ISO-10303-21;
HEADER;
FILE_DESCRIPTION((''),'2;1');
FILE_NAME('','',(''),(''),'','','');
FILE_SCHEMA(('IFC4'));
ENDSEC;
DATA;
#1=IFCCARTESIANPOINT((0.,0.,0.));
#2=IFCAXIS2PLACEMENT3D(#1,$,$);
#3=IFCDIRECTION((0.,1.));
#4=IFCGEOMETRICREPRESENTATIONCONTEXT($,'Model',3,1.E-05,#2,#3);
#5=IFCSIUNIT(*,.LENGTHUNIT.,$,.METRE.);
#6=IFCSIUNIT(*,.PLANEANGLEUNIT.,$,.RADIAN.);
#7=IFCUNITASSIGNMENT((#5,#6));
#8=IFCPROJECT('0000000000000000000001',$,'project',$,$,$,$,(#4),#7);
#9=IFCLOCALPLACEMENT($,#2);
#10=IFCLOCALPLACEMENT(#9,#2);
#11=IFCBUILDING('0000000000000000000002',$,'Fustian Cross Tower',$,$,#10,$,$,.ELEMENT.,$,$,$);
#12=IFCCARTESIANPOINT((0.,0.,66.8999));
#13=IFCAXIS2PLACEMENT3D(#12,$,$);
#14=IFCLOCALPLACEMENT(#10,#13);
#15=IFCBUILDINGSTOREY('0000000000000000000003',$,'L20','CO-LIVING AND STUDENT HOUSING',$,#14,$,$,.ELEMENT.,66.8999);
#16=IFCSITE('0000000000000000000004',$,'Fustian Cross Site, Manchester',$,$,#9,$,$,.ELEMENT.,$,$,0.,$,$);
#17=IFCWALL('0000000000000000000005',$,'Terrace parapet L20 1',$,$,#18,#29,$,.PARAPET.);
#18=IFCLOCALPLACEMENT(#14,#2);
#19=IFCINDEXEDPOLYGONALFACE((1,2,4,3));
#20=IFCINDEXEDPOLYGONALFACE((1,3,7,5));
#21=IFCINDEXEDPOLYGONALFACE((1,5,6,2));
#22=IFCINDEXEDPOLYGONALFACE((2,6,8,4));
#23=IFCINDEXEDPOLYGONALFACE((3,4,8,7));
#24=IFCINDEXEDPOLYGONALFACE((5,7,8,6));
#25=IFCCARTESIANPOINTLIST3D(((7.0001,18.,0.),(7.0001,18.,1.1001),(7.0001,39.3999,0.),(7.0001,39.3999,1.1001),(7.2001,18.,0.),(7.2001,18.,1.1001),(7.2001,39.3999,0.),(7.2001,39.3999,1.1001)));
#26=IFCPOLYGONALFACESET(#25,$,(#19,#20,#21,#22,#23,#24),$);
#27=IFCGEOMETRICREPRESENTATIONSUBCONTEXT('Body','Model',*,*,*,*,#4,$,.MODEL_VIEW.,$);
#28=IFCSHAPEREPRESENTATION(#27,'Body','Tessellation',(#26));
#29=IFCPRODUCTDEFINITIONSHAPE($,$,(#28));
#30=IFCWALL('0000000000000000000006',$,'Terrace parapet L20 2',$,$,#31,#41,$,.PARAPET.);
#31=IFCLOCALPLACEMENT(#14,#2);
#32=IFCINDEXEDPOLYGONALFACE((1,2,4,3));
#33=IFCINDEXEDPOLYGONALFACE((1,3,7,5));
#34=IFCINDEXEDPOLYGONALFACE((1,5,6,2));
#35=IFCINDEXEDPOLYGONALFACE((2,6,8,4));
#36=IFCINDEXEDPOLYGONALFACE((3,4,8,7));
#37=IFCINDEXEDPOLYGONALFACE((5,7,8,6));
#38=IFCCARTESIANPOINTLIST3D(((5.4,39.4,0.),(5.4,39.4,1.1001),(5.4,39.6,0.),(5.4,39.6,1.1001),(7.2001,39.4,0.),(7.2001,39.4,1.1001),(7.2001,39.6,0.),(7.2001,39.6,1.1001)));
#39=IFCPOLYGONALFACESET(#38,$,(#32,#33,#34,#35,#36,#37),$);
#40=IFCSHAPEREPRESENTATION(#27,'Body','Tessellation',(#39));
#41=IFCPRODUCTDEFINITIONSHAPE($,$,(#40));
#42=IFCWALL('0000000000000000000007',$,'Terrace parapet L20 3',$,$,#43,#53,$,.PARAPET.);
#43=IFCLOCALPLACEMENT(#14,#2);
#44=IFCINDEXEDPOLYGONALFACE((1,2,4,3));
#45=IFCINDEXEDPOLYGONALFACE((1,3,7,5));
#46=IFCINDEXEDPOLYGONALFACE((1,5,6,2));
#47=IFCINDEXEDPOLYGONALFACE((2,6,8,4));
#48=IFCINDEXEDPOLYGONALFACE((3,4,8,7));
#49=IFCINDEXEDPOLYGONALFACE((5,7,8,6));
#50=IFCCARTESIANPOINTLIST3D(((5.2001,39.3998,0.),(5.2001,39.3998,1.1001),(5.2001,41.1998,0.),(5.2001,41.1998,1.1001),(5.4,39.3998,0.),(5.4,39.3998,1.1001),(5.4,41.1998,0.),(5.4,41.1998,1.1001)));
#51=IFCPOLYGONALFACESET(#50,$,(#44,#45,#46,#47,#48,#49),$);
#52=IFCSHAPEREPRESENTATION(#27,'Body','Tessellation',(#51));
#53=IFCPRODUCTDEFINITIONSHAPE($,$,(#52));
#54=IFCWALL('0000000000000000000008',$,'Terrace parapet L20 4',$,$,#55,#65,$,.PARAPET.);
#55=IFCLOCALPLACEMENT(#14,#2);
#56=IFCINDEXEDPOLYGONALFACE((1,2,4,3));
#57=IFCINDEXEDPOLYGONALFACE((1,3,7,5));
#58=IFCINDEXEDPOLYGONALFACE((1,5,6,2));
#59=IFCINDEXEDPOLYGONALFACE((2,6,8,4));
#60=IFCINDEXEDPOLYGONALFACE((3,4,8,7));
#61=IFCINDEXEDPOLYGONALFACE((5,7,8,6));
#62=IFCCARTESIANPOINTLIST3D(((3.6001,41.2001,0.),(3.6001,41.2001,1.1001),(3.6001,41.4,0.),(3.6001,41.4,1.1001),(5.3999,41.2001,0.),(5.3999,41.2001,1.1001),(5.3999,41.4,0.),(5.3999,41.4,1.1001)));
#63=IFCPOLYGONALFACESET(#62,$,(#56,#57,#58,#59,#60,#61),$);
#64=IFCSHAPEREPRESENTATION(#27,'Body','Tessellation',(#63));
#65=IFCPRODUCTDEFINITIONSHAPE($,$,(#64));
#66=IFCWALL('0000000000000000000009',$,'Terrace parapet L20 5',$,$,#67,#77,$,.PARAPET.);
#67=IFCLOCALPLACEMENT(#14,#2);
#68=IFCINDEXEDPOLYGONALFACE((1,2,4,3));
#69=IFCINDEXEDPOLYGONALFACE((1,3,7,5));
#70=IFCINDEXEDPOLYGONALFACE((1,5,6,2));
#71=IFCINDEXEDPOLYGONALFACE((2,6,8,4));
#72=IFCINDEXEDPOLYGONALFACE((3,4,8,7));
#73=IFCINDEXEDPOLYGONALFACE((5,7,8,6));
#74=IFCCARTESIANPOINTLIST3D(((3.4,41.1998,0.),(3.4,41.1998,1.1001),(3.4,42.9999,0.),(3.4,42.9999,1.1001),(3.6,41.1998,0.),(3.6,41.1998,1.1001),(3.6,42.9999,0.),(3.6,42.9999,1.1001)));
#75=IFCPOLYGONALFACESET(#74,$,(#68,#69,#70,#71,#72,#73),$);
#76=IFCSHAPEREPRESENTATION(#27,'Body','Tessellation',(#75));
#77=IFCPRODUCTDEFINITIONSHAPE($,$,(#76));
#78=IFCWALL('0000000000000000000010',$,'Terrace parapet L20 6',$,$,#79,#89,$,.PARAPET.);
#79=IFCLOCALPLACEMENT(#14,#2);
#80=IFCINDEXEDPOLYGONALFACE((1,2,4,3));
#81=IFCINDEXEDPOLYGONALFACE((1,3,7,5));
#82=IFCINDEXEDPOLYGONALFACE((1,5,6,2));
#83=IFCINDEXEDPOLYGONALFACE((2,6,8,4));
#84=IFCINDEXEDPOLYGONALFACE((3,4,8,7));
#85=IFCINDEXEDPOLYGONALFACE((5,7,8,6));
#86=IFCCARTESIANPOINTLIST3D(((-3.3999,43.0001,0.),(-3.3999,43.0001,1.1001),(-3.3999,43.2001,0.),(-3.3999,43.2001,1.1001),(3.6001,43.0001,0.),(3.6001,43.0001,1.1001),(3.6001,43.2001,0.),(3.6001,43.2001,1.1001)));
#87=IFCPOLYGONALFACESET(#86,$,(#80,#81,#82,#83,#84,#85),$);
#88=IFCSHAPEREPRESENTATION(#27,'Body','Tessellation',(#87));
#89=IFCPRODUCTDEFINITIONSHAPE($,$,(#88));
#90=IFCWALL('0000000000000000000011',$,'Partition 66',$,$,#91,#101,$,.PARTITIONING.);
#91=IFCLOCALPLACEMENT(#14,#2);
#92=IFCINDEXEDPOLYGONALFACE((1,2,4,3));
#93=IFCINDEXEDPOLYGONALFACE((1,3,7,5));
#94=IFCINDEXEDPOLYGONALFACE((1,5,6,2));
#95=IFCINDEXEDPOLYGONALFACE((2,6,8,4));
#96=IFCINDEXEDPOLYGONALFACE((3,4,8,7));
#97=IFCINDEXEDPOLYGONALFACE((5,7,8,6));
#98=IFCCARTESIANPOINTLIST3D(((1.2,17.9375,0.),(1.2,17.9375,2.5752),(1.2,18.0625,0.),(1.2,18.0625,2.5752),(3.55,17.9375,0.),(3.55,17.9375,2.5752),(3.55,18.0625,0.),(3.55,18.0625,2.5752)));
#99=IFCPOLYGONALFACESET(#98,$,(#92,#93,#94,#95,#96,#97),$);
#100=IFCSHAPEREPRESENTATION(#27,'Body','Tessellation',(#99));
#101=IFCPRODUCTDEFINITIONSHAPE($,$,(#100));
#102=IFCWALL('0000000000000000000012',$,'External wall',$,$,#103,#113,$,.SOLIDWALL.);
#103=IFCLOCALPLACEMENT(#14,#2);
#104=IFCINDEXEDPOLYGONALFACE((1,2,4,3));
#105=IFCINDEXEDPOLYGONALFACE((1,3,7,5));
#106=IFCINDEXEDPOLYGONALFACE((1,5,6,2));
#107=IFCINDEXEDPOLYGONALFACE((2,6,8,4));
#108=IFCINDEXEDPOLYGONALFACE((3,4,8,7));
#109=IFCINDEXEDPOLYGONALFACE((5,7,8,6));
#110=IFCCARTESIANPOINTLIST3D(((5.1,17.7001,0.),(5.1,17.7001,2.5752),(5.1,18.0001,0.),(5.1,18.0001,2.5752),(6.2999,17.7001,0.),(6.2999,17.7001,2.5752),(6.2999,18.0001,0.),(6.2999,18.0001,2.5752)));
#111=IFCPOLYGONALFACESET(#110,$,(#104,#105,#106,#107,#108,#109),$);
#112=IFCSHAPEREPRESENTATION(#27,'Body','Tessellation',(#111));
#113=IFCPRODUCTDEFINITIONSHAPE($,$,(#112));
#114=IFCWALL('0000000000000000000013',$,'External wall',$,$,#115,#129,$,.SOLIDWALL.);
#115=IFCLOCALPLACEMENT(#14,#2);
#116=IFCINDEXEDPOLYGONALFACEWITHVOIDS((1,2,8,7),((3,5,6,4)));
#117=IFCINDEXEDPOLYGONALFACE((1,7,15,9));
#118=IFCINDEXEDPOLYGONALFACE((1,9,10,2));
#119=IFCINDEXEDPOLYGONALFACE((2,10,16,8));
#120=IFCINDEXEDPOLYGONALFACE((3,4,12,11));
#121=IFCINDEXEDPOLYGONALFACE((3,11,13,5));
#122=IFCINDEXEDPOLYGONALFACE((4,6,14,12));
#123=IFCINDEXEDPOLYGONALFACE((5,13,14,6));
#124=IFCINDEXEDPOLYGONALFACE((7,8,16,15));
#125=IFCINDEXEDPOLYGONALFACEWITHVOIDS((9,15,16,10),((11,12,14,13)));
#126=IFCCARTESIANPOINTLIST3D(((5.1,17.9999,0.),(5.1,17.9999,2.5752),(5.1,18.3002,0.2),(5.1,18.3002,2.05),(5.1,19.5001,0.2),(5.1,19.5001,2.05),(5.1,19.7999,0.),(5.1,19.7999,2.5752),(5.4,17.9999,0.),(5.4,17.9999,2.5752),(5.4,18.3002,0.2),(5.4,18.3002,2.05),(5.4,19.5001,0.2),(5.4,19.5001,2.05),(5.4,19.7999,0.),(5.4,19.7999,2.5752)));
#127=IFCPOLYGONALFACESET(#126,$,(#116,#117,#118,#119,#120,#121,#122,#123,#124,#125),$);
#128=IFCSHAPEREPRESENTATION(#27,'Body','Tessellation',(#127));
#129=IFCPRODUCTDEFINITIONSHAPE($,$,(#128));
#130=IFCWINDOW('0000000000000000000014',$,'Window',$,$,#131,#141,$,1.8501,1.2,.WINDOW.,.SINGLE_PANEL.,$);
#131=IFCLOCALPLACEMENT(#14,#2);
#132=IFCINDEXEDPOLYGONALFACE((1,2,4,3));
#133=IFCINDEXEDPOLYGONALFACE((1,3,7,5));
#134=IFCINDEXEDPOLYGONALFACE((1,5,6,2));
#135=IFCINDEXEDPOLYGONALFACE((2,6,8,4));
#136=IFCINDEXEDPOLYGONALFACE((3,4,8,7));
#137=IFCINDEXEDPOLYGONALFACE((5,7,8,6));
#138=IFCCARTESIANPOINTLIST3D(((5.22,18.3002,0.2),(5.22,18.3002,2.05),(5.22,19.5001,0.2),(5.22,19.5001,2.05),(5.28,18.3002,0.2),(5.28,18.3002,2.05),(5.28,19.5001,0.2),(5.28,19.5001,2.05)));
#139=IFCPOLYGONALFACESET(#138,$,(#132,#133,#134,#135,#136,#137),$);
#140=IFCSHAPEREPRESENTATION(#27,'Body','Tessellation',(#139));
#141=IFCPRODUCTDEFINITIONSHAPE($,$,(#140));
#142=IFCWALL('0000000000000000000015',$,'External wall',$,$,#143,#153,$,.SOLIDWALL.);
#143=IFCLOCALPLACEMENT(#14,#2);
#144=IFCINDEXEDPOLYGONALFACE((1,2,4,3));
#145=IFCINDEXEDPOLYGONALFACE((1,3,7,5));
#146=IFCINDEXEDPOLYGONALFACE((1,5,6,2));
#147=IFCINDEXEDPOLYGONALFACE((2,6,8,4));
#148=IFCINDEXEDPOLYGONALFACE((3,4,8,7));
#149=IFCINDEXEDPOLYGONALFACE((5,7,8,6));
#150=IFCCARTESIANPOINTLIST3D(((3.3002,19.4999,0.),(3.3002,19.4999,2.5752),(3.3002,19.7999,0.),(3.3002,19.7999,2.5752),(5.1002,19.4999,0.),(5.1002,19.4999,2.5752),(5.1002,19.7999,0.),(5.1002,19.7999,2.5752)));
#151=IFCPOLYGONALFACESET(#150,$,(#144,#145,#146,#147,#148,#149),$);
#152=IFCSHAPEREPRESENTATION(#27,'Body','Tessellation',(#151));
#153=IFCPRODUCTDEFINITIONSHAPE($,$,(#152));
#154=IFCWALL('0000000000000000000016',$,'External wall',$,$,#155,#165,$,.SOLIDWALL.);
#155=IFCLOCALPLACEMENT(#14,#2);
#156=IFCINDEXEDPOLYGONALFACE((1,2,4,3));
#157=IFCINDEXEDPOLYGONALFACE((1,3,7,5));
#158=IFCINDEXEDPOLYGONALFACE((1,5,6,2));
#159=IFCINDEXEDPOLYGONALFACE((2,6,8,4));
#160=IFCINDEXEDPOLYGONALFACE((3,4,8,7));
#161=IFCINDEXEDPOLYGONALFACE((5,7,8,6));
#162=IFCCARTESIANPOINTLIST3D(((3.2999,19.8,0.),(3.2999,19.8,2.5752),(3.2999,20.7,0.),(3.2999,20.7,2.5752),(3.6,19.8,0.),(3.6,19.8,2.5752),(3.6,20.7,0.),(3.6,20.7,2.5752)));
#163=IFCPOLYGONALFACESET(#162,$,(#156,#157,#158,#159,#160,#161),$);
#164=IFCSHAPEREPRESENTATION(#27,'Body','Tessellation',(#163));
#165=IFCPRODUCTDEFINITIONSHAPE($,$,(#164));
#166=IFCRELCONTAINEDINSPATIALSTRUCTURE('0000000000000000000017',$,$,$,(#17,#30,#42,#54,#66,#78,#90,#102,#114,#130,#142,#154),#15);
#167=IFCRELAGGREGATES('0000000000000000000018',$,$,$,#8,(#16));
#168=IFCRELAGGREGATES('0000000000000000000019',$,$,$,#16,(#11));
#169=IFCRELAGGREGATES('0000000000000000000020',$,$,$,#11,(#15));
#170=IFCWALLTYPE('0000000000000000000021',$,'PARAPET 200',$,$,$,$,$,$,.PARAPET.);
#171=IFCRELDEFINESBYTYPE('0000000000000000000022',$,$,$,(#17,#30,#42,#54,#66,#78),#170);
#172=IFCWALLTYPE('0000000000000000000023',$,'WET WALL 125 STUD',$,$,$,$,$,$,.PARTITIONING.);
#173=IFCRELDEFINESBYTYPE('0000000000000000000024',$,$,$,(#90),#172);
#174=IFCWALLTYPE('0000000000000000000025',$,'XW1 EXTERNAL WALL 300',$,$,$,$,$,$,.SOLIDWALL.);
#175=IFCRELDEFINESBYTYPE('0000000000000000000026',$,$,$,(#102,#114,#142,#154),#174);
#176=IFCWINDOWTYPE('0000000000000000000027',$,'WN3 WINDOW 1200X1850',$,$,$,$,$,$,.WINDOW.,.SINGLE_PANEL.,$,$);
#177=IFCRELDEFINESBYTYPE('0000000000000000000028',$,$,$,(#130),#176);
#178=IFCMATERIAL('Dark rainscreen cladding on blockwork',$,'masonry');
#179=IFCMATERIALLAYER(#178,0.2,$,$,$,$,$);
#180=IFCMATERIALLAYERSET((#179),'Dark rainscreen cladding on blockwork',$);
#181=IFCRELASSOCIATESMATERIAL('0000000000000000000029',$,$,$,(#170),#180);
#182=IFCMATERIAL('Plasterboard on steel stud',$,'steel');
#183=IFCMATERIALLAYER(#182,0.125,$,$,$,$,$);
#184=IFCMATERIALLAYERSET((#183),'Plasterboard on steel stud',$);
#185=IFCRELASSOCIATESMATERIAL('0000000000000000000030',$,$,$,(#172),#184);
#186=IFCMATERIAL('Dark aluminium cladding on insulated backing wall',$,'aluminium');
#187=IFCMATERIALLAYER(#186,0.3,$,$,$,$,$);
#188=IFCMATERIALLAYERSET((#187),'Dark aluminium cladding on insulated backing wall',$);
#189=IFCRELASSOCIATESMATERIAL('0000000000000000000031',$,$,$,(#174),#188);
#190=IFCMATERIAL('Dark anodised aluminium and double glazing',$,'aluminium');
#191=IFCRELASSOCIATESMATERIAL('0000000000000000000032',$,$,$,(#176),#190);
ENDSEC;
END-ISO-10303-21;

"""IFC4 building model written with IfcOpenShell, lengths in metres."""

from ifc_helpers import new_model, si_unit, direction, frame, frame_2d, origin, place, context, subcontext, project, spatial, rectangle, extrude, material, layer, layer_set, type_object, element, fill, save


model = new_model("IFC4")

# Units and contexts
model_context = context("Model", 3, precision=1e-05, world=origin(), true_north=direction((0.0, 1.0)))
body_context = subcontext(model_context, "Body", "Model", "MODEL_VIEW")
ifc_project = project(units=[si_unit("LENGTHUNIT", "METRE"), si_unit("PLANEANGLEUNIT", "RADIAN")], contexts=[model_context])

# Site, building, storey
site_placement = place(None, origin())
site = spatial("IfcSite", under=ifc_project, at=site_placement, Name="Fustian Cross Site, Manchester", CompositionType="ELEMENT", RefElevation=0.0)
building_placement = place(site_placement, origin())
building = spatial("IfcBuilding", under=site, at=building_placement, Name="Fustian Cross Tower", CompositionType="ELEMENT")
storey_placement = place(building_placement, frame((0.0, 0.0, 66.8999)))
storey = spatial("IfcBuildingStorey", under=building, at=storey_placement, Name="L20", Description="CO-LIVING AND STUDENT HOUSING", CompositionType="ELEMENT", Elevation=66.8999)

# Walls
ifc_material_1 = material(Name="Dark rainscreen cladding on blockwork", Category="masonry")
ifc_layer_1 = layer(ifc_material_1, 0.2)
ifc_layer_set_1 = layer_set([ifc_layer_1], Name="Dark rainscreen cladding on blockwork")
wall_type_1 = type_object("IfcWallType", Name="PARAPET 200", PredefinedType="PARAPET", material=ifc_layer_set_1)
wall_1_placement = place(storey_placement, frame((7.1001, 18.0, 0.0), z_axis=(0.0, 0.0, 1.0), x_axis=(0.0, 1.0, 0.0)))
element("IfcWall", 1, at=wall_1_placement, inside=storey, type_object=wall_type_1, Name="Terrace parapet L20 1", PredefinedType="PARAPET", context=body_context, shape_type="SweptSolid", body=[
    extrude(rectangle(XDim=21.3999, YDim=0.2, at=frame_2d((10.7, 0.0))), origin(), (0.0, 0.0, 1.0), 1.1001),
])
for number, where, z_axis, x_axis, name in (
    (2, (7.2, 39.5, 0.0), (0.0, 0.0, 1.0), (-1.0, 0.0, 0.0), "Terrace parapet L20 2"),
    (3, (5.3, 39.3999, 0.0), (0.0, 0.0, 1.0), (0.0, 1.0, 0.0), "Terrace parapet L20 3"),
):
    element("IfcWall", number, at=place(storey_placement, frame(where, z_axis=z_axis, x_axis=x_axis)), inside=storey, type_object=wall_type_1, Name=name, PredefinedType="PARAPET", context=body_context, shape_type="SweptSolid", body=[
        extrude(rectangle(XDim=1.8, YDim=0.2, at=frame_2d((0.8999, 0.0))), origin(), (0.0, 0.0, 1.0), 1.1001),
    ])
wall_2_placement = place(storey_placement, frame((5.3999, 41.3, 0.0), z_axis=(0.0, 0.0, 1.0), x_axis=(-1.0, 0.0, 0.0)))
element("IfcWall", 4, at=wall_2_placement, inside=storey, type_object=wall_type_1, Name="Terrace parapet L20 4", PredefinedType="PARAPET", context=body_context, shape_type="SweptSolid", body=[
    extrude(rectangle(XDim=1.7998, YDim=0.2, at=frame_2d((0.8999, 0.0))), origin(), (0.0, 0.0, 1.0), 1.1001),
])
wall_3_placement = place(storey_placement, frame((3.5, 41.2, 0.0), z_axis=(0.0, 0.0, 1.0), x_axis=(0.0, 1.0, 0.0)))
element("IfcWall", 5, at=wall_3_placement, inside=storey, type_object=wall_type_1, Name="Terrace parapet L20 5", PredefinedType="PARAPET", context=body_context, shape_type="SweptSolid", body=[
    extrude(rectangle(XDim=1.8, YDim=0.2, at=frame_2d((0.8999, 0.0))), origin(), (0.0, 0.0, 1.0), 1.1001),
])
wall_4_placement = place(storey_placement, frame((3.6001, 43.1001, 0.0), z_axis=(0.0, 0.0, 1.0), x_axis=(-1.0, 0.0, 0.0)))
element("IfcWall", 6, at=wall_4_placement, inside=storey, type_object=wall_type_1, Name="Terrace parapet L20 6", PredefinedType="PARAPET", context=body_context, shape_type="SweptSolid", body=[
    extrude(rectangle(XDim=7.0, YDim=0.2, at=frame_2d((3.5, 0.0))), origin(), (0.0, 0.0, 1.0), 1.1001),
])
ifc_material_2 = material(Name="Plasterboard on steel stud", Category="steel")
ifc_layer_2 = layer(ifc_material_2, 0.125)
ifc_layer_set_2 = layer_set([ifc_layer_2], Name="Plasterboard on steel stud")
wall_type_2 = type_object("IfcWallType", Name="WET WALL 125 STUD", PredefinedType="PARTITIONING", material=ifc_layer_set_2)
wall_5_placement = place(storey_placement, frame((1.2, 18.0, 0.0), z_axis=(0.0, 0.0, 1.0), x_axis=(1.0, 0.0, 0.0)))
element("IfcWall", 7, at=wall_5_placement, inside=storey, type_object=wall_type_2, Name="Partition 66", PredefinedType="PARTITIONING", context=body_context, shape_type="SweptSolid", body=[
    extrude(rectangle(XDim=2.3501, YDim=0.125, at=frame_2d((1.175, 0.0))), origin(), (0.0, 0.0, 1.0), 2.5752),
])
ifc_material_3 = material(Name="Dark aluminium cladding on insulated backing wall", Category="aluminium")
ifc_layer_3 = layer(ifc_material_3, 0.3)
ifc_layer_set_3 = layer_set([ifc_layer_3], Name="Dark aluminium cladding on insulated backing wall")
wall_type_3 = type_object("IfcWallType", Name="XW1 EXTERNAL WALL 300", PredefinedType="SOLIDWALL", material=ifc_layer_set_3)
wall_6_placement = place(storey_placement, frame((6.3, 17.8501, 0.0), z_axis=(0.0, 0.0, 1.0), x_axis=(-1.0, 0.0, 0.0)))
element("IfcWall", 8, at=wall_6_placement, inside=storey, type_object=wall_type_3, Name="External wall", PredefinedType="SOLIDWALL", context=body_context, shape_type="SweptSolid", body=[
    extrude(rectangle(XDim=1.2, YDim=0.3, at=frame_2d((0.6001, 0.0))), origin(), (0.0, 0.0, 1.0), 2.5752),
])

# Wall, opening, window
wall_7_placement = place(storey_placement, frame((5.25, 18.0, 0.0), z_axis=(0.0, 0.0, 1.0), x_axis=(0.0, 1.0, 0.0)))
wall_7 = element("IfcWall", 9, at=wall_7_placement, inside=storey, type_object=wall_type_3, Name="External wall", PredefinedType="SOLIDWALL", context=body_context, shape_type="SweptSolid", body=[
    extrude(rectangle(XDim=1.8, YDim=0.3, at=frame_2d((0.8999, 0.0))), origin(), (0.0, 0.0, 1.0), 2.5752),
])
opening_1_placement = place(wall_7_placement, frame((0.3, 0.0, 0.2)))
opening_1 = element("IfcOpeningElement", 10, at=opening_1_placement, cuts=wall_7, PredefinedType="OPENING", context=body_context, shape_type="SweptSolid", body=[
    extrude(rectangle(XDim=1.2, YDim=1.8501, at=frame_2d((0.6001, 0.925))), frame((0.0, 0.1599, 0.0), z_axis=(0.0, -1.0, 0.0), x_axis=(1.0, 0.0, 0.0)), (0.0, 0.0, 1.0), 0.3201),
])
ifc_material_4 = material(Name="Dark anodised aluminium and double glazing", Category="aluminium")
window_type = type_object("IfcWindowType", Name="WN3 WINDOW 1200X1850", PartitioningType="SINGLE_PANEL", PredefinedType="WINDOW", material=ifc_material_4)
window_1_placement = place(opening_1_placement, origin())
window_1 = element("IfcWindow", 11, at=window_1_placement, inside=storey, type_object=window_type, Name="Window", OverallHeight=1.8501, OverallWidth=1.2, PartitioningType="SINGLE_PANEL", PredefinedType="WINDOW", context=body_context, shape_type="SweptSolid", body=[
    extrude(rectangle(XDim=1.2, YDim=1.8501, at=frame_2d((0.6001, 0.925))), frame((0.0, 0.03, 0.0), z_axis=(0.0, -1.0, 0.0), x_axis=(1.0, 0.0, 0.0)), (0.0, 0.0, 1.0), 0.0601),
])
fill(opening_1, window_1)

# Walls
wall_8_placement = place(storey_placement, frame((5.1001, 19.6499, 0.0), z_axis=(0.0, 0.0, 1.0), x_axis=(-1.0, 0.0, 0.0)))
element("IfcWall", 12, at=wall_8_placement, inside=storey, type_object=wall_type_3, Name="External wall", PredefinedType="SOLIDWALL", context=body_context, shape_type="SweptSolid", body=[
    extrude(rectangle(XDim=1.8, YDim=0.3, at=frame_2d((0.8999, 0.0))), origin(), (0.0, 0.0, 1.0), 2.5752),
])
wall_9_placement = place(storey_placement, frame((3.45, 19.8, 0.0), z_axis=(0.0, 0.0, 1.0), x_axis=(0.0, 1.0, 0.0)))
element("IfcWall", 13, at=wall_9_placement, inside=storey, type_object=wall_type_3, Name="External wall", PredefinedType="SOLIDWALL", context=body_context, shape_type="SweptSolid", body=[
    extrude(rectangle(XDim=0.8999, YDim=0.3, at=frame_2d((0.45, 0.0))), origin(), (0.0, 0.0, 1.0), 2.5752),
])

save(model, "model.ifc")
